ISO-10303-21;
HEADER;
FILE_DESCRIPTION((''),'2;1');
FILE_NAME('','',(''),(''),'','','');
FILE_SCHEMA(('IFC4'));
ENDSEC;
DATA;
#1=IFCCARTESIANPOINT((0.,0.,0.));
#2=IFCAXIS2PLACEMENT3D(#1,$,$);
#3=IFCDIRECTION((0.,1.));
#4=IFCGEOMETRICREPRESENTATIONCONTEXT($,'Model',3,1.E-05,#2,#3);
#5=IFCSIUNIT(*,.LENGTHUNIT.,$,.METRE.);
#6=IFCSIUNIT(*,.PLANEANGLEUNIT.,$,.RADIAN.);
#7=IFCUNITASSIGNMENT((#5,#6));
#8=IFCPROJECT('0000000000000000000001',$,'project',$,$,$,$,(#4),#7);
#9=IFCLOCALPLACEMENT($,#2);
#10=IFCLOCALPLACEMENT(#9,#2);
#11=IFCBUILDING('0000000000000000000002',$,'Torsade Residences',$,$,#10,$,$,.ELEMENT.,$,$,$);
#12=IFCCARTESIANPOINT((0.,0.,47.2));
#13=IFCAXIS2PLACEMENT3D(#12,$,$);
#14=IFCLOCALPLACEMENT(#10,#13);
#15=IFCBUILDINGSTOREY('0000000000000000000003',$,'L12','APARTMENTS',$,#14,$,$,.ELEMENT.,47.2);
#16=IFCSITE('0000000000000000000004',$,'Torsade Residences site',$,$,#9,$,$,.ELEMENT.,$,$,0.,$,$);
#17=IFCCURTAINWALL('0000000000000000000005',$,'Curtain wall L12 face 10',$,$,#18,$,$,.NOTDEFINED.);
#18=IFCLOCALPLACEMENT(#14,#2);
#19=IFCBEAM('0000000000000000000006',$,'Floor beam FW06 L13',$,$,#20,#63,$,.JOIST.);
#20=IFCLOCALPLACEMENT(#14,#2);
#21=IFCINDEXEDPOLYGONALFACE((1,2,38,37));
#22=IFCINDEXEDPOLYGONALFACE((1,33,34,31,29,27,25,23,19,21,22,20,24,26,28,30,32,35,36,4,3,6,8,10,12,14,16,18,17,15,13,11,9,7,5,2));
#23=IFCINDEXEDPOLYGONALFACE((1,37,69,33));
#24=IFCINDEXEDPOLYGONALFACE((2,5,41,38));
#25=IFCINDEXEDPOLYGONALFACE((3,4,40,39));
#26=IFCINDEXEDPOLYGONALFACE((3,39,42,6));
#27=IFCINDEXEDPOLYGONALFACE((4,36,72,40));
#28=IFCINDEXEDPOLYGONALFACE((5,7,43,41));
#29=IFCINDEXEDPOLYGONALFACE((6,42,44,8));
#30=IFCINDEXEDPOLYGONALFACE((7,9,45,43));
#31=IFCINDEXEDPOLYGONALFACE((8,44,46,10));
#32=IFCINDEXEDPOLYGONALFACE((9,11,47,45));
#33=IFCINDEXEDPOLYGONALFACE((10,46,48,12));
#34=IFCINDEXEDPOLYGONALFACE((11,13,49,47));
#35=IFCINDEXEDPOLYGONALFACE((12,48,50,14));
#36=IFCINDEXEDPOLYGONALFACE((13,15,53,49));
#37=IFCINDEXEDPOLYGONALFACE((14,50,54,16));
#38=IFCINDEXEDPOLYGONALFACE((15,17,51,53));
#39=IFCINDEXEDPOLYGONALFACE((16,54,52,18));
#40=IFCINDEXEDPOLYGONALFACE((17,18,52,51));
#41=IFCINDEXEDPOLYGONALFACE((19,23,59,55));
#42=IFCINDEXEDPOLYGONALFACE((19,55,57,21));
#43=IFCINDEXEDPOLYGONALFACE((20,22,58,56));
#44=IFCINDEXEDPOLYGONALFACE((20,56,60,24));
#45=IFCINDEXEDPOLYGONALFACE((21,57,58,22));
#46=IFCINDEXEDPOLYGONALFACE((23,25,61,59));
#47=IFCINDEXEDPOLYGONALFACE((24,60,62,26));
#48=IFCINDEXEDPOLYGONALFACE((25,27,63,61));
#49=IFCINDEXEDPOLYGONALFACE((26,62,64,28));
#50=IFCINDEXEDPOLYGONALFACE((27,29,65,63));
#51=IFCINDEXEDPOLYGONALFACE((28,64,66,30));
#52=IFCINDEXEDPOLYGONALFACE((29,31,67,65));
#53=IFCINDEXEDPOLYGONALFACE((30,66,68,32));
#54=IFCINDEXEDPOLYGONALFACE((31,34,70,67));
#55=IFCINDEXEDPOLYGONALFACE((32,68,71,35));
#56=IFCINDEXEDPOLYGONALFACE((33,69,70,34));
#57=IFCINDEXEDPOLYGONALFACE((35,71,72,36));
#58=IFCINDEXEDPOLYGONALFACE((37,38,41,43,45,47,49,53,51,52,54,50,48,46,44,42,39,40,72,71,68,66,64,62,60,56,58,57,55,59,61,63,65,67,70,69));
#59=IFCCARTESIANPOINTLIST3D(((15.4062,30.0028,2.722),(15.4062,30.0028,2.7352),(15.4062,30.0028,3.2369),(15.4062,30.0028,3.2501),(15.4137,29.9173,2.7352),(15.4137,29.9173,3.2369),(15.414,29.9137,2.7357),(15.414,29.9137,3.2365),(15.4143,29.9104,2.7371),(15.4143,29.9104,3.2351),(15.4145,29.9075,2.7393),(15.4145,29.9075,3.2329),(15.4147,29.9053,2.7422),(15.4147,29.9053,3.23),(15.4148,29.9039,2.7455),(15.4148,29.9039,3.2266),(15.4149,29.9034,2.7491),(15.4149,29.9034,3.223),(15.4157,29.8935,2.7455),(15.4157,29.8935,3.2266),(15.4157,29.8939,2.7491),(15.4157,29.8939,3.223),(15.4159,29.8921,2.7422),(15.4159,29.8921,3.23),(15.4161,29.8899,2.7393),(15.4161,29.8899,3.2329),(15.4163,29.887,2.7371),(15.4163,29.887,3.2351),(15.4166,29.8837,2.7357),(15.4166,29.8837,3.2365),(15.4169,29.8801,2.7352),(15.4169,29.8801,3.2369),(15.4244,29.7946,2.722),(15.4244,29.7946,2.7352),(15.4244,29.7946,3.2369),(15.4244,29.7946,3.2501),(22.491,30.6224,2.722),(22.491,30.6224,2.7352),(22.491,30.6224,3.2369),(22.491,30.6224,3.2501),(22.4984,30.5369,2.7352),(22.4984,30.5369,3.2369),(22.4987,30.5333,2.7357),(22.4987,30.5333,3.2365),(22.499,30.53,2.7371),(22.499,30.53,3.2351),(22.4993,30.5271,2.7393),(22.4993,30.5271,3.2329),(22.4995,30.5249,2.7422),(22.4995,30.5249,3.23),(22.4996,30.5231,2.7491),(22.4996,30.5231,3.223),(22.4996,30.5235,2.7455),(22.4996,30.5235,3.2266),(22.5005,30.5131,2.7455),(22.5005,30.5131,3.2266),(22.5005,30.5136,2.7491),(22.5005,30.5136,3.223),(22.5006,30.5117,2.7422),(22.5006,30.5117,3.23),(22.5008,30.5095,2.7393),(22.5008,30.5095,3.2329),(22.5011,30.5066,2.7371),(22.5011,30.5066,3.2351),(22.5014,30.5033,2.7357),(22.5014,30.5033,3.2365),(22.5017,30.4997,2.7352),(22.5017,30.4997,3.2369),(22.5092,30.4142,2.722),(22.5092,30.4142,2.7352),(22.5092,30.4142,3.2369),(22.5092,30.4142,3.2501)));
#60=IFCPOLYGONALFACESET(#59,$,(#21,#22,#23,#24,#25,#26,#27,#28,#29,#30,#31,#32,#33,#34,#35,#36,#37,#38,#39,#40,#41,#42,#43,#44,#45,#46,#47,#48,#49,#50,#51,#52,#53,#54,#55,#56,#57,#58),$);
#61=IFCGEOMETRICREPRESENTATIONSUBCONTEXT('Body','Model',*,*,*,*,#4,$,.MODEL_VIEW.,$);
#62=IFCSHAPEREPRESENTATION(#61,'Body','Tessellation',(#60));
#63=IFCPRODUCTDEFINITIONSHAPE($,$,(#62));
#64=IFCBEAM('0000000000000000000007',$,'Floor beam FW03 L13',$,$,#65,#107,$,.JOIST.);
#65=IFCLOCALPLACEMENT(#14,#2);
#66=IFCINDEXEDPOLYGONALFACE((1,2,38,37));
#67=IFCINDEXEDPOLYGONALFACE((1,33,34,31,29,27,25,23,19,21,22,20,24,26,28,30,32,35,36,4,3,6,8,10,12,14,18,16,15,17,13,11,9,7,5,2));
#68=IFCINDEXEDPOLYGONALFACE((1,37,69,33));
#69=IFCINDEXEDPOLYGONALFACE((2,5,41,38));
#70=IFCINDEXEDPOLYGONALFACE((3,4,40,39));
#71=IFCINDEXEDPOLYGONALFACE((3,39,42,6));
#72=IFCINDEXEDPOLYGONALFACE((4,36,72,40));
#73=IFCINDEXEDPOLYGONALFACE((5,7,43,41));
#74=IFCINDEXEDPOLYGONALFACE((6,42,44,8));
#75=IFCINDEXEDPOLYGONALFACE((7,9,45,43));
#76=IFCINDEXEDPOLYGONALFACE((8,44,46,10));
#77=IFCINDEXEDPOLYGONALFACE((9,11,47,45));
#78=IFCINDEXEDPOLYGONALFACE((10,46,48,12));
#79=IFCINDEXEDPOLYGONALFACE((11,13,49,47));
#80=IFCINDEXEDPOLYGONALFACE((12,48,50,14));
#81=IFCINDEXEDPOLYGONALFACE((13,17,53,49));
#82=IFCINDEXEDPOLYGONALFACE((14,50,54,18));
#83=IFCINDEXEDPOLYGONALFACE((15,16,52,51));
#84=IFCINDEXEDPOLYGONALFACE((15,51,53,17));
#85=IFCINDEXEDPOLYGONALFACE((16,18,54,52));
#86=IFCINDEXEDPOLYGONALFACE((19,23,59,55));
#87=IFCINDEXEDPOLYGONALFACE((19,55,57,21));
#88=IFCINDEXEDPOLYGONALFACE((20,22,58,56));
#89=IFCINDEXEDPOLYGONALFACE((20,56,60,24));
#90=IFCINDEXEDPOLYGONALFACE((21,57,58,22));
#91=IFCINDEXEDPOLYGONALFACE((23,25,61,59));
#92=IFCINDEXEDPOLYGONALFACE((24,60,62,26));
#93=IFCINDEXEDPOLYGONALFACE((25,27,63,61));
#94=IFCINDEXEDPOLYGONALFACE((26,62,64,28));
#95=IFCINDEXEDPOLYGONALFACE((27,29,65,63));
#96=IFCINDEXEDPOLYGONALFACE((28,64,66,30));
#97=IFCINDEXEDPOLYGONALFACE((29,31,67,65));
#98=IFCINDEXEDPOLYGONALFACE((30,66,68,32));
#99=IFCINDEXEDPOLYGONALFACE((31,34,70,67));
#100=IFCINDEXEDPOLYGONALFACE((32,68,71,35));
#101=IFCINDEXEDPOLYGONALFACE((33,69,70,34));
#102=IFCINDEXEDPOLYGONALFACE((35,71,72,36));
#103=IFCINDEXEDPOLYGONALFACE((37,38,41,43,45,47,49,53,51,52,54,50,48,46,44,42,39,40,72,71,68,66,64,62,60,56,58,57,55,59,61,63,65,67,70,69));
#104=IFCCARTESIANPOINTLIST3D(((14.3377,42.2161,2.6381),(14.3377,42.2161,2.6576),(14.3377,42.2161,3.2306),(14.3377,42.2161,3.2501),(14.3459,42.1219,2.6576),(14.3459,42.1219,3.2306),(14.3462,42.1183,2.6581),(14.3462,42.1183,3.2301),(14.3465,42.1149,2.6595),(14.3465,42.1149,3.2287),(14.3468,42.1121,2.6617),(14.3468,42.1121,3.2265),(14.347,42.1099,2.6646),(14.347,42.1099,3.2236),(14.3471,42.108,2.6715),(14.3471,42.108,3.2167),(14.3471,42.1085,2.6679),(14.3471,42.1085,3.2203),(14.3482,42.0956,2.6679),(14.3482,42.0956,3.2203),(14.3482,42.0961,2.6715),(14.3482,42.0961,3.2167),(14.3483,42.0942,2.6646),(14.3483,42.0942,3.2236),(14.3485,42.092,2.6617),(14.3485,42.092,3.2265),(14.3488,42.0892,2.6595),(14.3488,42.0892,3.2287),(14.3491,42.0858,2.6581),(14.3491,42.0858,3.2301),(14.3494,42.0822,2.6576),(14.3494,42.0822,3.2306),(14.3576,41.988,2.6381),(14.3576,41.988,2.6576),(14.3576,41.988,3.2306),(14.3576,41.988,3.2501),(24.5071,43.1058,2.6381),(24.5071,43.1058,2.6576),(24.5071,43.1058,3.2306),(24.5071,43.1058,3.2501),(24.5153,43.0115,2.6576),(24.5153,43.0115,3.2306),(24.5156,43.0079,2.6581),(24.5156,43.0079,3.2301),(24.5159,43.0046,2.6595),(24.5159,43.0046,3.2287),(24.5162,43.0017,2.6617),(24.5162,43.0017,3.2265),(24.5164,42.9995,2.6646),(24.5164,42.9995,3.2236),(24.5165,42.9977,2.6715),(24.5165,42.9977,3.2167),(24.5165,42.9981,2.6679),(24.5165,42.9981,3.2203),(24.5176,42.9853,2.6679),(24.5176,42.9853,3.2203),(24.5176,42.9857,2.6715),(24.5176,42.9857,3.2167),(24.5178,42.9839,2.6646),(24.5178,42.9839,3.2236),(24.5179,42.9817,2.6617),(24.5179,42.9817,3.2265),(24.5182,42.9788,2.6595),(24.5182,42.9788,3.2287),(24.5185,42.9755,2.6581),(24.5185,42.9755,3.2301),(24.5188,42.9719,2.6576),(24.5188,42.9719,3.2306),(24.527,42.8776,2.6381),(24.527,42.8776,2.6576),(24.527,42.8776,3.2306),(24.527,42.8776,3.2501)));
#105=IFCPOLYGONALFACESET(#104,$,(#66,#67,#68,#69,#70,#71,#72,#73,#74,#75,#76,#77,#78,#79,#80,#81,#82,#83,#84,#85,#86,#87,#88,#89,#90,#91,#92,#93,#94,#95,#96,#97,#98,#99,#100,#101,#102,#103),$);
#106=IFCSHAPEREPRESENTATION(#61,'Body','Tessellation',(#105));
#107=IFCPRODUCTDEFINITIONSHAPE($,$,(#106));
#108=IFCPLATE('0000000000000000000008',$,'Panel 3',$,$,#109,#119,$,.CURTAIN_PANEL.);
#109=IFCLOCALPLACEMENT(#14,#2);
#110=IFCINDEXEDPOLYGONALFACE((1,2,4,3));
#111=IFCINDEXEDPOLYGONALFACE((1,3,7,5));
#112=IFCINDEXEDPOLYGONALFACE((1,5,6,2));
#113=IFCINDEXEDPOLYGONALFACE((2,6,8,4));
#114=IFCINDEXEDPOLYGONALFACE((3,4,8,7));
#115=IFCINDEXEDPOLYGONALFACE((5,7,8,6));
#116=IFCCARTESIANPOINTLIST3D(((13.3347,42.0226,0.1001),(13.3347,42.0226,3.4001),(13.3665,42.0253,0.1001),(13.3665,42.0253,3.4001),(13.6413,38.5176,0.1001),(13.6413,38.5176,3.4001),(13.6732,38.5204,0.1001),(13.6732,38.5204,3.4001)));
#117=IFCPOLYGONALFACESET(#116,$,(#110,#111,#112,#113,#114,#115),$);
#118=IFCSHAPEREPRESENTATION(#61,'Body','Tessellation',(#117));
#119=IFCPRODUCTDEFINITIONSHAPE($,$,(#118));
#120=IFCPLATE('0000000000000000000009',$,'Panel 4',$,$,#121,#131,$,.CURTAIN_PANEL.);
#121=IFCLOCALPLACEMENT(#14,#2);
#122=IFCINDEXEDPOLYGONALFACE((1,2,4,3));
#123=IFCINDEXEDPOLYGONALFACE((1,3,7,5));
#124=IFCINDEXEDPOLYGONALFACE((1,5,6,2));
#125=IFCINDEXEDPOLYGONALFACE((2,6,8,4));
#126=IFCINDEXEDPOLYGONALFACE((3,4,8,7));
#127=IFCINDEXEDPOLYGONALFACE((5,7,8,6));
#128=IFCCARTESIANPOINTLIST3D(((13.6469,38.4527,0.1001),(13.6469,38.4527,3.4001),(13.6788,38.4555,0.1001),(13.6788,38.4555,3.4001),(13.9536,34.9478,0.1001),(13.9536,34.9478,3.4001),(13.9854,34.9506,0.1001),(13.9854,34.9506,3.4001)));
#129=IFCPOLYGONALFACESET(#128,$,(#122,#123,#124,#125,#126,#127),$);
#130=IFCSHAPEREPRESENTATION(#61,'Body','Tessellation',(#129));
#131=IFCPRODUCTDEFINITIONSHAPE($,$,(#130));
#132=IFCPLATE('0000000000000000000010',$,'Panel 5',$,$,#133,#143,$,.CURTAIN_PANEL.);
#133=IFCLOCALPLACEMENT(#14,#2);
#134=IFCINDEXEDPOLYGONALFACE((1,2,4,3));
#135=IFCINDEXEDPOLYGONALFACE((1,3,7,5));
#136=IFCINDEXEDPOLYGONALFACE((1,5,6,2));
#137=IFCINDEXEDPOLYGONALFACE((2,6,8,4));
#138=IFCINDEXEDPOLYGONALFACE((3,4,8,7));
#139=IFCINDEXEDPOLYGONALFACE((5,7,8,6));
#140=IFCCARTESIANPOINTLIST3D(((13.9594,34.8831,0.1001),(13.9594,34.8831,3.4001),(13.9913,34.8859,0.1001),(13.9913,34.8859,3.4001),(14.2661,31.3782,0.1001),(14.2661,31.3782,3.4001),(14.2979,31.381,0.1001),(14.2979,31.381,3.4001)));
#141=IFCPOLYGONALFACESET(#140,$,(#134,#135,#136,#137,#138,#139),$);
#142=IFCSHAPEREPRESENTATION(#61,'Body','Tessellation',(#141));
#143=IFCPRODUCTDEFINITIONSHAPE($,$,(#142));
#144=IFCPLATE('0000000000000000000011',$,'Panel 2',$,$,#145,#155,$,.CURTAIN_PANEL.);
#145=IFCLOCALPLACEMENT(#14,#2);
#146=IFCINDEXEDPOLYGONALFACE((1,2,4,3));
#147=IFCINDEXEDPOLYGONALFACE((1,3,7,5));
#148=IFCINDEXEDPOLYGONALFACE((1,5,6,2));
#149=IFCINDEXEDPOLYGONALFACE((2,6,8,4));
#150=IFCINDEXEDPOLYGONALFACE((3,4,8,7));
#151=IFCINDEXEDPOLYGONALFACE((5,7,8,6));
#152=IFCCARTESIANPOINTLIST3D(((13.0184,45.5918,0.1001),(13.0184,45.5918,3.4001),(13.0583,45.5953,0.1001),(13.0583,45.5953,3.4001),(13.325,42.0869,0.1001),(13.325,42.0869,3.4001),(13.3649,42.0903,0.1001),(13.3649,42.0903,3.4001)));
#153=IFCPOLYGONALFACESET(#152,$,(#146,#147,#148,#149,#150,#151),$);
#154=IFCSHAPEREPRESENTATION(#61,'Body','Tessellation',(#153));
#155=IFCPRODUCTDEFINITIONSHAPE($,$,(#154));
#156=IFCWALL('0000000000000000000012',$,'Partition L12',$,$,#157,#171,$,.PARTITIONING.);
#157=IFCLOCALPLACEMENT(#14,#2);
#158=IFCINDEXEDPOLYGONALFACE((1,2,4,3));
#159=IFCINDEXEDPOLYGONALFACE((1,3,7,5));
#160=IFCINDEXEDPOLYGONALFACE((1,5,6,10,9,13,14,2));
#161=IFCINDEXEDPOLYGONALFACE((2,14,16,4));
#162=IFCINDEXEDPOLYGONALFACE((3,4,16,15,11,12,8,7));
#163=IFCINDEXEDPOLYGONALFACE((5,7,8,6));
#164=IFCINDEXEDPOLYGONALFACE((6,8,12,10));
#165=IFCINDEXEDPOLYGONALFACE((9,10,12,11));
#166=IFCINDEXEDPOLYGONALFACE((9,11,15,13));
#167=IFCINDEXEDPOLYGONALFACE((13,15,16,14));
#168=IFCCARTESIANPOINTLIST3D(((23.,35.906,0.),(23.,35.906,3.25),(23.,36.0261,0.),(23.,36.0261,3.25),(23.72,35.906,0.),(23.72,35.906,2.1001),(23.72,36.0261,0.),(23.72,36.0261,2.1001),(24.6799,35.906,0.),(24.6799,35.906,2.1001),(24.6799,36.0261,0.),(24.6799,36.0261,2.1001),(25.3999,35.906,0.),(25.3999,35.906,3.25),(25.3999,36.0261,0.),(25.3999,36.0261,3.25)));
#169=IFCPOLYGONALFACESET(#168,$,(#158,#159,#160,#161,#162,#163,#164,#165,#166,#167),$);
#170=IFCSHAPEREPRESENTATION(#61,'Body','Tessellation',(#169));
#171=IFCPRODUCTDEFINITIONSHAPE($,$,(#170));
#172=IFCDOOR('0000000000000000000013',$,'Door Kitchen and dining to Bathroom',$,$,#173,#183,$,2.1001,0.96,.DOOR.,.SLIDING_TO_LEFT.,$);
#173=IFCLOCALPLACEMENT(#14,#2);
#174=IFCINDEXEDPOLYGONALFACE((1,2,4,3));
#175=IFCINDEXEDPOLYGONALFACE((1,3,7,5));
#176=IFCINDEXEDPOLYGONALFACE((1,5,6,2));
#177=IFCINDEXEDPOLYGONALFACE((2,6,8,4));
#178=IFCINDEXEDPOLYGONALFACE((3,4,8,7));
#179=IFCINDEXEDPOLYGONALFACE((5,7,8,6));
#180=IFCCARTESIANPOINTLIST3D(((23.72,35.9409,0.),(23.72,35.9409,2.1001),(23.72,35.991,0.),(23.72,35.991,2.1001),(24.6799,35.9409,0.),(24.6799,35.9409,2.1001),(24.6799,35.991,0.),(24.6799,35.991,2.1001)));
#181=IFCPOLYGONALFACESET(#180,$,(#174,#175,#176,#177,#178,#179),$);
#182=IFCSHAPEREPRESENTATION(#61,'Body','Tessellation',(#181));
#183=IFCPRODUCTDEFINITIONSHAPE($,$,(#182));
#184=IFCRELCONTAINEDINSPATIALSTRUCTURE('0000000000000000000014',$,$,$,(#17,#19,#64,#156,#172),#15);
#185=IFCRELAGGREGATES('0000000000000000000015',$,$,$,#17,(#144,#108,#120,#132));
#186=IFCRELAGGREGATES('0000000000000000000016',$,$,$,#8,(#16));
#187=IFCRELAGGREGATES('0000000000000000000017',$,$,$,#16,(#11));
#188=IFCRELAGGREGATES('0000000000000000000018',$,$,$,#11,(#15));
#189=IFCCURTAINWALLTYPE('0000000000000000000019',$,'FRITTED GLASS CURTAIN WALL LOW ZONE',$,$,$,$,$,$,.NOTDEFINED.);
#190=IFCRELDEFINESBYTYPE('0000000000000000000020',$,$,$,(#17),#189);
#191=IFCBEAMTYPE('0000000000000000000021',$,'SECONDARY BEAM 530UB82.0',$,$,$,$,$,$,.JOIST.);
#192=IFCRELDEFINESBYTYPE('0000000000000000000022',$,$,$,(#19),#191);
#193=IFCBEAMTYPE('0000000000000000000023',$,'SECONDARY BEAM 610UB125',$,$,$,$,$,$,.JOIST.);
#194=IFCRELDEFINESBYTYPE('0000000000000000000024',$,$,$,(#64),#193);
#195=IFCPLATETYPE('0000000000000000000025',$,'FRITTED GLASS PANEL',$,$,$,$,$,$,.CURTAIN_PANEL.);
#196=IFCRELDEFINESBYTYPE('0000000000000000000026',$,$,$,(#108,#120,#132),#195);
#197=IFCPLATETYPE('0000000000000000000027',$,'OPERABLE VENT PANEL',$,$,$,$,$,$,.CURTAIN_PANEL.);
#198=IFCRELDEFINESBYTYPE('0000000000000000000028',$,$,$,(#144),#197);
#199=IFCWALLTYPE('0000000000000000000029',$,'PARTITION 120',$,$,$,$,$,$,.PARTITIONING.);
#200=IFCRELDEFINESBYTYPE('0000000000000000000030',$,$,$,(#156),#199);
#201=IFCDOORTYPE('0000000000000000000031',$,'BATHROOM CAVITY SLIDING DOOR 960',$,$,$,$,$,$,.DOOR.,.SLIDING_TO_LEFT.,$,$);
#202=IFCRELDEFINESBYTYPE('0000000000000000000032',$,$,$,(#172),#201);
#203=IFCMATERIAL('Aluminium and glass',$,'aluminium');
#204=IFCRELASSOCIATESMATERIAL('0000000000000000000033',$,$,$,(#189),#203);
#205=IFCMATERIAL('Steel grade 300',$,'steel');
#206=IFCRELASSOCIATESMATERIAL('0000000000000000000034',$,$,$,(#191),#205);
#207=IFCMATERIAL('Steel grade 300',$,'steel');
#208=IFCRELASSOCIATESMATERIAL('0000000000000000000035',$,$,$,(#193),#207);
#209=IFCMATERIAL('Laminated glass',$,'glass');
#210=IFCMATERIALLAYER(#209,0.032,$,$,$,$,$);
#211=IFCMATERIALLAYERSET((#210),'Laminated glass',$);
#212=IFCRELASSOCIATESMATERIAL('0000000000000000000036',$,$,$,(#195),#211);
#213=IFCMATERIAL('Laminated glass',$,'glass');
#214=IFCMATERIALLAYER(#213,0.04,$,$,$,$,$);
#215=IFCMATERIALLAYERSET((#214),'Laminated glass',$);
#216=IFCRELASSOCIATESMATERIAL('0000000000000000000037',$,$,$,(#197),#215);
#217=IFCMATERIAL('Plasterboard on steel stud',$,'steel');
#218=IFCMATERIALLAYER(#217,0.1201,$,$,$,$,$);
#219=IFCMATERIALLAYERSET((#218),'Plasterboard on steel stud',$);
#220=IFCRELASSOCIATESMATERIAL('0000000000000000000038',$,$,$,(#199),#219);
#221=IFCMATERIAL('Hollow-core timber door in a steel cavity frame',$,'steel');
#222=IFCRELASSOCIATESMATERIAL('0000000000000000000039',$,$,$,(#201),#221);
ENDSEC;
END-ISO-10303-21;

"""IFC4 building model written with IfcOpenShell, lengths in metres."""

from ifc_helpers import new_model, si_unit, direction, frame, frame_2d, origin, origin_2d, place, context, subcontext, project, spatial, rectangle, i_section, extrude, material, layer, layer_set, material_profile, profile_set, type_object, element, fill, aggregate, save


model = new_model("IFC4")

# Units and contexts
model_context = context("Model", 3, precision=1e-05, world=origin(), true_north=direction((0.0, 1.0)))
body_context = subcontext(model_context, "Body", "Model", "MODEL_VIEW")
ifc_project = project(units=[si_unit("LENGTHUNIT", "METRE"), si_unit("PLANEANGLEUNIT", "RADIAN")], contexts=[model_context])

# Site, building, storey
site_placement = place(None, origin())
site = spatial("IfcSite", under=ifc_project, at=site_placement, Name="Torsade Residences site", CompositionType="ELEMENT", RefElevation=0.0)
building_placement = place(site_placement, origin())
building = spatial("IfcBuilding", under=site, at=building_placement, Name="Torsade Residences", CompositionType="ELEMENT")
storey_placement = place(building_placement, frame((0.0, 0.0, 47.2)))
storey = spatial("IfcBuildingStorey", under=building, at=storey_placement, Name="L12", Description="APARTMENTS", CompositionType="ELEMENT", Elevation=47.2)

# Curtain wall
ifc_material_1 = material(Name="Aluminium and glass", Category="aluminium")
curtain_wall_type = type_object("IfcCurtainWallType", Name="FRITTED GLASS CURTAIN WALL LOW ZONE", PredefinedType="NOTDEFINED", material=ifc_material_1)
curtain_wall_placement = place(storey_placement, origin())
curtain_wall = element("IfcCurtainWall", 1, at=curtain_wall_placement, inside=storey, type_object=curtain_wall_type, Name="Curtain wall L12 face 10", PredefinedType="NOTDEFINED")

# Beams
ifc_material_2 = material(Name="Steel grade 300", Category="steel")
ifc_material_profile_1 = material_profile(ifc_material_2, i_section(OverallWidth=0.209, OverallDepth=0.5281, WebThickness=0.0095, FlangeThickness=0.0132, FilletRadius=0.0139, at=origin_2d()), Name="530UB82.0")
ifc_profile_set_1 = profile_set([ifc_material_profile_1], Name="Steel grade 300")
beam_type_1 = type_object("IfcBeamType", Name="SECONDARY BEAM 530UB82.0", PredefinedType="JOIST", material=ifc_profile_set_1)
beam_1_placement = place(storey_placement, frame((15.4153, 29.8987, 2.9861), z_axis=(0.996197, 0.087127, 0.0), x_axis=(-0.087127, 0.996197, 0.0)))
element("IfcBeam", 2, at=beam_1_placement, inside=storey, type_object=beam_type_1, Name="Floor beam FW06 L13", PredefinedType="JOIST", context=body_context, shape_type="SweptSolid", body=[
    extrude(i_section(OverallWidth=0.209, OverallDepth=0.5281, WebThickness=0.0095, FlangeThickness=0.0132, FilletRadius=0.0139, at=origin_2d()), origin(), (0.0, 0.0, 1.0), 7.1118),
])
ifc_material_3 = material(Name="Steel grade 300", Category="steel")
ifc_material_profile_2 = material_profile(ifc_material_3, i_section(OverallWidth=0.229, OverallDepth=0.6121, WebThickness=0.012, FlangeThickness=0.0195, FilletRadius=0.0139, at=origin_2d()), Name="610UB125")
ifc_profile_set_2 = profile_set([ifc_material_profile_2], Name="Steel grade 300")
beam_type_2 = type_object("IfcBeamType", Name="SECONDARY BEAM 610UB125", PredefinedType="JOIST", material=ifc_profile_set_2)
beam_2_placement = place(storey_placement, frame((14.3477, 42.1021, 2.9441), z_axis=(0.996195, 0.08715, 0.0), x_axis=(-0.08715, 0.996195, 0.0)))
element("IfcBeam", 3, at=beam_2_placement, inside=storey, type_object=beam_type_2, Name="Floor beam FW03 L13", PredefinedType="JOIST", context=body_context, shape_type="SweptSolid", body=[
    extrude(i_section(OverallWidth=0.229, OverallDepth=0.6121, WebThickness=0.012, FlangeThickness=0.0195, FilletRadius=0.0139, at=origin_2d()), origin(), (0.0, 0.0, 1.0), 10.2083),
])

# Plates
ifc_material_4 = material(Name="Laminated glass", Category="glass")
ifc_layer_1 = layer(ifc_material_4, 0.032)
ifc_layer_set_1 = layer_set([ifc_layer_1], Name="Laminated glass")
plate_type_1 = type_object("IfcPlateType", Name="FRITTED GLASS PANEL", PredefinedType="CURTAIN_PANEL", material=ifc_layer_set_1)
plate_1_placement = place(storey_placement, frame((13.5039, 40.2715, 0.1001), z_axis=(0.0, 0.0, 1.0), x_axis=(0.087156, -0.996195, 0.0)))
plate_1 = element("IfcPlate", 4, at=plate_1_placement, type_object=plate_type_1, Name="Panel 3", PredefinedType="CURTAIN_PANEL", context=body_context, shape_type="SweptSolid", body=[
    extrude(rectangle(XDim=3.5183, YDim=0.032, at=origin_2d()), origin(), (0.0, 0.0, 1.0), 3.3),
])
plate_2_placement = place(storey_placement, frame((13.8162, 36.7017, 0.1001), z_axis=(0.0, 0.0, 1.0), x_axis=(0.087156, -0.996195, 0.0)))
plate_2 = element("IfcPlate", 5, at=plate_2_placement, type_object=plate_type_1, Name="Panel 4", PredefinedType="CURTAIN_PANEL", context=body_context, shape_type="SweptSolid", body=[
    extrude(rectangle(XDim=3.5183, YDim=0.032, at=origin_2d()), origin(), (0.0, 0.0, 1.0), 3.3),
])
plate_3_placement = place(storey_placement, frame((14.1287, 33.1321, 0.1001), z_axis=(0.0, 0.0, 1.0), x_axis=(0.087156, -0.996195, 0.0)))
plate_3 = element("IfcPlate", 6, at=plate_3_placement, type_object=plate_type_1, Name="Panel 5", PredefinedType="CURTAIN_PANEL", context=body_context, shape_type="SweptSolid", body=[
    extrude(rectangle(XDim=3.5183, YDim=0.032, at=origin_2d()), origin(), (0.0, 0.0, 1.0), 3.3),
])
ifc_material_5 = material(Name="Laminated glass", Category="glass")
ifc_layer_2 = layer(ifc_material_5, 0.04)
ifc_layer_set_2 = layer_set([ifc_layer_2], Name="Laminated glass")
plate_type_2 = type_object("IfcPlateType", Name="OPERABLE VENT PANEL", PredefinedType="CURTAIN_PANEL", material=ifc_layer_set_2)
plate_4_placement = place(storey_placement, frame((13.1917, 43.8411, 0.1001), z_axis=(0.0, 0.0, 1.0), x_axis=(0.087156, -0.996195, 0.0)))
plate_4 = element("IfcPlate", 7, at=plate_4_placement, type_object=plate_type_2, Name="Panel 2", PredefinedType="CURTAIN_PANEL", context=body_context, shape_type="SweptSolid", body=[
    extrude(rectangle(XDim=3.5183, YDim=0.04, at=origin_2d()), origin(), (0.0, 0.0, 1.0), 3.3),
])
aggregate(curtain_wall, [plate_4, plate_1, plate_2, plate_3])

# Wall, opening, door
ifc_material_6 = material(Name="Plasterboard on steel stud", Category="steel")
ifc_layer_3 = layer(ifc_material_6, 0.1201)
ifc_layer_set_3 = layer_set([ifc_layer_3], Name="Plasterboard on steel stud")
wall_type_1 = type_object("IfcWallType", Name="PARTITION 120", PredefinedType="PARTITIONING", material=ifc_layer_set_3)
wall_1_placement = place(storey_placement, frame((23.0, 35.9661, 0.0), z_axis=(0.0, 0.0, 1.0), x_axis=(1.0, 0.0, 0.0)))
wall_1 = element("IfcWall", 8, at=wall_1_placement, inside=storey, type_object=wall_type_1, Name="Partition L12", PredefinedType="PARTITIONING", context=body_context, shape_type="SweptSolid", body=[
    extrude(rectangle(XDim=2.3999, YDim=0.1201, at=frame_2d((1.2, 0.0))), origin(), (0.0, 0.0, 1.0), 3.25),
])
opening_placement = place(wall_1_placement, frame((0.72, 0.0, 0.0)))
opening = element("IfcOpeningElement", 9, at=opening_placement, cuts=wall_1, PredefinedType="OPENING", context=body_context, shape_type="SweptSolid", body=[
    extrude(rectangle(XDim=0.96, YDim=2.1001, at=frame_2d((0.48, 1.05))), frame((0.0, 0.0701, 0.0), z_axis=(0.0, -1.0, 0.0), x_axis=(1.0, 0.0, 0.0)), (0.0, 0.0, 1.0), 0.1401),
])
ifc_material_7 = material(Name="Hollow-core timber door in a steel cavity frame", Category="steel")
door_type = type_object("IfcDoorType", Name="BATHROOM CAVITY SLIDING DOOR 960", OperationType="SLIDING_TO_LEFT", PredefinedType="DOOR", material=ifc_material_7)
door_placement = place(opening_placement, origin())
door = element("IfcDoor", 10, at=door_placement, inside=storey, type_object=door_type, Name="Door Kitchen and dining to Bathroom", OperationType="SLIDING_TO_LEFT", OverallHeight=2.1001, OverallWidth=0.96, PredefinedType="DOOR", context=body_context, shape_type="SweptSolid", body=[
    extrude(rectangle(XDim=0.96, YDim=2.1001, at=frame_2d((0.48, 1.05))), frame((0.0, 0.0249, 0.0), z_axis=(0.0, -1.0, 0.0), x_axis=(1.0, 0.0, 0.0)), (0.0, 0.0, 1.0), 0.05),
])
fill(opening, door)

save(model, "model.ifc")
